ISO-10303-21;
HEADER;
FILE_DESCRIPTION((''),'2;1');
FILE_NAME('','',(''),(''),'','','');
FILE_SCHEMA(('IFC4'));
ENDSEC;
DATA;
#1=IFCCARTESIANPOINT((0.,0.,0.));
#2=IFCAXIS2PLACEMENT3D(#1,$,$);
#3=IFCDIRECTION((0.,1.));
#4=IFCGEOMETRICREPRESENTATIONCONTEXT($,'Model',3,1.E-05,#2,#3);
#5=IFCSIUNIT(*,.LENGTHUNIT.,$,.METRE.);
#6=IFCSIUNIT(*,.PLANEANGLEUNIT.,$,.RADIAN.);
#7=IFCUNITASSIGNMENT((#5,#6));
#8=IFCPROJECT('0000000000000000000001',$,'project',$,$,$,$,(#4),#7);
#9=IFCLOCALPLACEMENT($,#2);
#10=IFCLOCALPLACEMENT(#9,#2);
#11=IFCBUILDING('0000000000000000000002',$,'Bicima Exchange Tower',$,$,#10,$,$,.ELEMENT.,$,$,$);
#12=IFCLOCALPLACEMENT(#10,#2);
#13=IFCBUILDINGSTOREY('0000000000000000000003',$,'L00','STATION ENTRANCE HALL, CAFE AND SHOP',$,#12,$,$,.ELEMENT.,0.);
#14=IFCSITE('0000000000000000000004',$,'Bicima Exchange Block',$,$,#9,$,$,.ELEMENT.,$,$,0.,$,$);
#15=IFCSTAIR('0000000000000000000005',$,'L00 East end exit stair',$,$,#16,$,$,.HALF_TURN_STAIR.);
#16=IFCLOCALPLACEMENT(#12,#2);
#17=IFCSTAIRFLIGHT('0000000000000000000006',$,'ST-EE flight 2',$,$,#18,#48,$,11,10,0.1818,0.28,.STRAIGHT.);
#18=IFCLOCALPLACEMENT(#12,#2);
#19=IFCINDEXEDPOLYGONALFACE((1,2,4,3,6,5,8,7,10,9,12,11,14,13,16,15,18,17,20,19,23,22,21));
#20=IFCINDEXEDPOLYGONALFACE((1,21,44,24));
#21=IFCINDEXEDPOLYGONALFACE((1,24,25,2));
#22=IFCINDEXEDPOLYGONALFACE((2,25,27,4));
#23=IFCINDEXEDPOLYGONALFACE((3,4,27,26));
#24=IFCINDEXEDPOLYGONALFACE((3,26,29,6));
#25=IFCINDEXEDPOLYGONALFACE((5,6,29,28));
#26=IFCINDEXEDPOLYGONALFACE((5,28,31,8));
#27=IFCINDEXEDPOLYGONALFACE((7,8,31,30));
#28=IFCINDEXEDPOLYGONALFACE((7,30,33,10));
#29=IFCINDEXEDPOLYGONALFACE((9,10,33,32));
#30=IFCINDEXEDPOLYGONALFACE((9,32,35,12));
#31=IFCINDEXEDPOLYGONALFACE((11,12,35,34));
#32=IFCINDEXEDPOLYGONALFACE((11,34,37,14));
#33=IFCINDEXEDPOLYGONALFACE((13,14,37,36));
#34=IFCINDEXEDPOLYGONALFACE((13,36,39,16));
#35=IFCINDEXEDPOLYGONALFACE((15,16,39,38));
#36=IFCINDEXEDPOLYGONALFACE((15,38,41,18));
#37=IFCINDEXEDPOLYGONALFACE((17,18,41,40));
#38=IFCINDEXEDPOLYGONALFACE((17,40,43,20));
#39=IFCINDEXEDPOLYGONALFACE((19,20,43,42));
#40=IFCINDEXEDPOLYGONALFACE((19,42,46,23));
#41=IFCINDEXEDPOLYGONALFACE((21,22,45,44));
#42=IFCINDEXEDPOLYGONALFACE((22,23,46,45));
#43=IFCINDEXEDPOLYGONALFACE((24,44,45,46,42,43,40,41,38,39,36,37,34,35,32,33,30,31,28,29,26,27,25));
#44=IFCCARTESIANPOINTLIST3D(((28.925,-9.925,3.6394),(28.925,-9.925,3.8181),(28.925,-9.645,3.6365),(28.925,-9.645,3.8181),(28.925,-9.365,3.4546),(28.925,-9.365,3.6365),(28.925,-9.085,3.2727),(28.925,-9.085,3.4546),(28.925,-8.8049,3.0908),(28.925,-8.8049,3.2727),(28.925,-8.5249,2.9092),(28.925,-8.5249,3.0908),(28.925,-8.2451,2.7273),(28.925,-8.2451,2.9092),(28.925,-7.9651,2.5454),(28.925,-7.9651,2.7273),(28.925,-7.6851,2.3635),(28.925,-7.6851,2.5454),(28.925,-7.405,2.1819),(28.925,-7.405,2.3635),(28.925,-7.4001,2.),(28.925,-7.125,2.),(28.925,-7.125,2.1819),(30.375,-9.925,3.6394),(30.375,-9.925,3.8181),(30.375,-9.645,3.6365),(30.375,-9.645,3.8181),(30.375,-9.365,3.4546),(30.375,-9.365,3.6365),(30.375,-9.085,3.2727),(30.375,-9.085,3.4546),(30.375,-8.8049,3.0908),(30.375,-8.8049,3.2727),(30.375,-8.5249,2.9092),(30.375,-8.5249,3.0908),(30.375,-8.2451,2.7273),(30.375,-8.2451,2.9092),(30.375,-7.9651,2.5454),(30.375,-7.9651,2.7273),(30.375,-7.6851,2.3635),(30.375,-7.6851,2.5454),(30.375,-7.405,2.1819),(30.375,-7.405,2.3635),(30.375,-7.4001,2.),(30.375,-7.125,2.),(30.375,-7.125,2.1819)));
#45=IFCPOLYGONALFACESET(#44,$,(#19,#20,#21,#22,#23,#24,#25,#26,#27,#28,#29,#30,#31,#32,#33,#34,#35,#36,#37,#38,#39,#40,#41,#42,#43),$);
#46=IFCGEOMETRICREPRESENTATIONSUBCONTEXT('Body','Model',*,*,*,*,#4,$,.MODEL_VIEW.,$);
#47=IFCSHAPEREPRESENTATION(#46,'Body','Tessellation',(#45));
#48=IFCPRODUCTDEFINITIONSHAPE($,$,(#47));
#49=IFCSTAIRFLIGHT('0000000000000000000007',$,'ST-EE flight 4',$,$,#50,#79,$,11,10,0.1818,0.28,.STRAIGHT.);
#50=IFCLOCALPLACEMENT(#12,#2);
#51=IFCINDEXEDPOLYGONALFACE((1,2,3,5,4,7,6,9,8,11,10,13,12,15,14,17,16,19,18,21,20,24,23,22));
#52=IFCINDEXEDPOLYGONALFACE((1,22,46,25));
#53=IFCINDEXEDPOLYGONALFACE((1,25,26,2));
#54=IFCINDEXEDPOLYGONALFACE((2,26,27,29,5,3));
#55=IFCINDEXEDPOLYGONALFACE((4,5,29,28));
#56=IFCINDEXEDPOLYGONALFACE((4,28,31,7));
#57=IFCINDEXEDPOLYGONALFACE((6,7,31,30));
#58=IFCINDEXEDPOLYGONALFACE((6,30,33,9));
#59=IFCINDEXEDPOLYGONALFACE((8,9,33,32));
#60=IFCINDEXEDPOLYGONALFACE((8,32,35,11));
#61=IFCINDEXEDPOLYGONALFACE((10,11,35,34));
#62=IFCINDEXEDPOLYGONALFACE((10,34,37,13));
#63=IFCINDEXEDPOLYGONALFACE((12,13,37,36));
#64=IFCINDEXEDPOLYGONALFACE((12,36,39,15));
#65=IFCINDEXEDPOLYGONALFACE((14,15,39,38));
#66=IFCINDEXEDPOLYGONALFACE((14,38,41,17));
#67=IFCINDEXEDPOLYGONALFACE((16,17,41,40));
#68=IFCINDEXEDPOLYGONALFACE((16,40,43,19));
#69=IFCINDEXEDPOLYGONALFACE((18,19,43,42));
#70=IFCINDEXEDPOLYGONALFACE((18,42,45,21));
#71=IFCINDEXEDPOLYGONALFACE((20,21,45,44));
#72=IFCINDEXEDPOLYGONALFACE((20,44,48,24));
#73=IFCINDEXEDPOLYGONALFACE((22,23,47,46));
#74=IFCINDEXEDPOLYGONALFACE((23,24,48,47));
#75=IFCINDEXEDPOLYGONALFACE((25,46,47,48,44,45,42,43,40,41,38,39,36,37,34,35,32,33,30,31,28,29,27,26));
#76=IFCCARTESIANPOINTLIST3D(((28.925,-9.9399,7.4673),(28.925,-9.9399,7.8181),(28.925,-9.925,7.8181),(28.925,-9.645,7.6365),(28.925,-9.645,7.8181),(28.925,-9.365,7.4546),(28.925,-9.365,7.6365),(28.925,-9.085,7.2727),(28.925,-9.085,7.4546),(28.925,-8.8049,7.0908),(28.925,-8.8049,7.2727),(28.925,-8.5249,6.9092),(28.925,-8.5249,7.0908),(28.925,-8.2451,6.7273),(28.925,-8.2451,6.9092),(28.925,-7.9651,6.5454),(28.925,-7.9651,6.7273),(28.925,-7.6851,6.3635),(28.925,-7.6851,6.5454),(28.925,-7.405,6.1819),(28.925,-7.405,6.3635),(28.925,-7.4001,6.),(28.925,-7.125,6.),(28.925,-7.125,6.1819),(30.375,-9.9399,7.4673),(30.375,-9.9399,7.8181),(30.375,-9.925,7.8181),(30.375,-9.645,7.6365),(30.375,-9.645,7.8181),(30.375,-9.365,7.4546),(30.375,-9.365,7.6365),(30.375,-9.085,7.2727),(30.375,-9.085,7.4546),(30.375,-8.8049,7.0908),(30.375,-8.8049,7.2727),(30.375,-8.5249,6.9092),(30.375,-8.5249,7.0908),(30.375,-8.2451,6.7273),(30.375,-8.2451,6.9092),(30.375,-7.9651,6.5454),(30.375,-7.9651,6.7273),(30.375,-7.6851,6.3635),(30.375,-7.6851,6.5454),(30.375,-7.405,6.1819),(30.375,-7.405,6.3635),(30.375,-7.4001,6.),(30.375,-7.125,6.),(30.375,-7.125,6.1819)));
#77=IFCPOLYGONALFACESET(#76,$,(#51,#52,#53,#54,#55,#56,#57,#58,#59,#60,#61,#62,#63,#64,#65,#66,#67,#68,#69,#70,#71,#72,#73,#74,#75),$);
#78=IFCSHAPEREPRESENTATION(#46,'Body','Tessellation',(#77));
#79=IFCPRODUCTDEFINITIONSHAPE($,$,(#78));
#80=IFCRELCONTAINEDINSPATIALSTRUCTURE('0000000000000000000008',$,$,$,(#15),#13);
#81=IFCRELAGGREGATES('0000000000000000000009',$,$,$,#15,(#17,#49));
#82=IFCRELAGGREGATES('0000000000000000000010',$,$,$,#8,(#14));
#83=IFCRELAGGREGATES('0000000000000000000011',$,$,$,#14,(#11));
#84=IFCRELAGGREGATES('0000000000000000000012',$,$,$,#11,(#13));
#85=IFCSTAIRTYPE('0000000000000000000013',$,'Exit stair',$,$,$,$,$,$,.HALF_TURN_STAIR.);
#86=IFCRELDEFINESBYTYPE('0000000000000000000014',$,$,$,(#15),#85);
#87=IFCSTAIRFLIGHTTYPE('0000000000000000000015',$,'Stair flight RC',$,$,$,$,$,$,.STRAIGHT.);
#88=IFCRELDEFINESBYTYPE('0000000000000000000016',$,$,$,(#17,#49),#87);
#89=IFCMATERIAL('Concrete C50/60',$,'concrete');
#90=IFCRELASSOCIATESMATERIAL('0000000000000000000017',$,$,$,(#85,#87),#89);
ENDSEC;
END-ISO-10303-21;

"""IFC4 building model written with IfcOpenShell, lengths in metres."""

from ifc_helpers import new_model, si_unit, direction, frame, origin, place, context, subcontext, project, spatial, polyline, outline, extrude, material, type_object, element, aggregate, save


model = new_model("IFC4")

# Units and contexts
model_context = context("Model", 3, precision=1e-05, world=origin(), true_north=direction((0.0, 1.0)))
body_context = subcontext(model_context, "Body", "Model", "MODEL_VIEW")
ifc_project = project(units=[si_unit("LENGTHUNIT", "METRE"), si_unit("PLANEANGLEUNIT", "RADIAN")], contexts=[model_context])

# Site, building, storey
site_placement = place(None, origin())
site = spatial("IfcSite", under=ifc_project, at=site_placement, Name="Bicima Exchange Block", CompositionType="ELEMENT", RefElevation=0.0)
building_placement = place(site_placement, origin())
building = spatial("IfcBuilding", under=site, at=building_placement, Name="Bicima Exchange Tower", CompositionType="ELEMENT")
storey_placement = place(building_placement, origin())
storey = spatial("IfcBuildingStorey", under=building, at=storey_placement, Name="L00", Description="STATION ENTRANCE HALL, CAFE AND SHOP", CompositionType="ELEMENT", Elevation=0.0)

# Stair, stair flights
ifc_material_1 = material(Name="Concrete C50/60", Category="concrete")
stair_type = type_object("IfcStairType", Name="Exit stair", PredefinedType="HALF_TURN_STAIR", material=ifc_material_1)
stair_placement = place(storey_placement, origin())
stair = element("IfcStair", 1, at=stair_placement, inside=storey, type_object=stair_type, Name="L00 East end exit stair", PredefinedType="HALF_TURN_STAIR")
stair_flight_type = type_object("IfcStairFlightType", Name="Stair flight RC", PredefinedType="STRAIGHT", material=ifc_material_1)
stair_flight_1_placement = place(storey_placement, frame((29.6499, -7.125, 2.0), z_axis=(0.0, 0.0, 1.0), x_axis=(0.0, -1.0, 0.0)))
stair_flight_1 = element("IfcStairFlight", 2, at=stair_flight_1_placement, type_object=stair_flight_type, Name="ST-EE flight 2", NumberOfRisers=11, NumberOfTreads=10, PredefinedType="STRAIGHT", RiserHeight=0.1818, TreadLength=0.28, context=body_context, shape_type="SweptSolid", body=[
    extrude(outline(polyline([(0.0, 0.0), (0.0, 0.1819), (0.28, 0.1819), (0.28, 0.3635), (0.5601, 0.3635), (0.5601, 0.5454), (0.8401, 0.5454), (0.8401, 0.7273), (1.1201, 0.7273), (1.1201, 0.9092), (1.3999, 0.9092), (1.3999, 1.0908), (1.6799, 1.0908), (1.6799, 1.2727), (1.96, 1.2727), (1.96, 1.4546), (2.24, 1.4546), (2.24, 1.6365), (2.52, 1.6365), (2.52, 1.8181), (2.8, 1.8181), (2.8, 2.0), (2.8, 1.6394), (0.2751, 0.0), (0.0, 0.0)])), frame((0.0, 0.7251, 0.0), z_axis=(0.0, -1.0, 0.0), x_axis=(1.0, 0.0, 0.0)), (0.0, 0.0, 1.0), 1.45),
])
stair_flight_2_placement = place(storey_placement, frame((29.6499, -7.125, 6.0), z_axis=(0.0, 0.0, 1.0), x_axis=(0.0, -1.0, 0.0)))
stair_flight_2 = element("IfcStairFlight", 3, at=stair_flight_2_placement, type_object=stair_flight_type, Name="ST-EE flight 4", NumberOfRisers=11, NumberOfTreads=10, PredefinedType="STRAIGHT", RiserHeight=0.1818, TreadLength=0.28, context=body_context, shape_type="SweptSolid", body=[
    extrude(outline(polyline([(0.0, 0.0), (0.0, 0.1819), (0.28, 0.1819), (0.28, 0.3635), (0.5601, 0.3635), (0.5601, 0.5454), (0.8401, 0.5454), (0.8401, 0.7273), (1.1201, 0.7273), (1.1201, 0.9092), (1.3999, 0.9092), (1.3999, 1.0908), (1.6799, 1.0908), (1.6799, 1.2727), (1.96, 1.2727), (1.96, 1.4546), (2.24, 1.4546), (2.24, 1.6365), (2.52, 1.6365), (2.52, 1.8181), (2.8, 1.8181), (2.8149, 1.8181), (2.8149, 1.4673), (0.2751, 0.0), (0.0, 0.0)])), frame((0.0, 0.7251, 0.0), z_axis=(0.0, -1.0, 0.0), x_axis=(1.0, 0.0, 0.0)), (0.0, 0.0, 1.0), 1.45),
])
aggregate(stair, [stair_flight_1, stair_flight_2])

save(model, "model.ifc")
